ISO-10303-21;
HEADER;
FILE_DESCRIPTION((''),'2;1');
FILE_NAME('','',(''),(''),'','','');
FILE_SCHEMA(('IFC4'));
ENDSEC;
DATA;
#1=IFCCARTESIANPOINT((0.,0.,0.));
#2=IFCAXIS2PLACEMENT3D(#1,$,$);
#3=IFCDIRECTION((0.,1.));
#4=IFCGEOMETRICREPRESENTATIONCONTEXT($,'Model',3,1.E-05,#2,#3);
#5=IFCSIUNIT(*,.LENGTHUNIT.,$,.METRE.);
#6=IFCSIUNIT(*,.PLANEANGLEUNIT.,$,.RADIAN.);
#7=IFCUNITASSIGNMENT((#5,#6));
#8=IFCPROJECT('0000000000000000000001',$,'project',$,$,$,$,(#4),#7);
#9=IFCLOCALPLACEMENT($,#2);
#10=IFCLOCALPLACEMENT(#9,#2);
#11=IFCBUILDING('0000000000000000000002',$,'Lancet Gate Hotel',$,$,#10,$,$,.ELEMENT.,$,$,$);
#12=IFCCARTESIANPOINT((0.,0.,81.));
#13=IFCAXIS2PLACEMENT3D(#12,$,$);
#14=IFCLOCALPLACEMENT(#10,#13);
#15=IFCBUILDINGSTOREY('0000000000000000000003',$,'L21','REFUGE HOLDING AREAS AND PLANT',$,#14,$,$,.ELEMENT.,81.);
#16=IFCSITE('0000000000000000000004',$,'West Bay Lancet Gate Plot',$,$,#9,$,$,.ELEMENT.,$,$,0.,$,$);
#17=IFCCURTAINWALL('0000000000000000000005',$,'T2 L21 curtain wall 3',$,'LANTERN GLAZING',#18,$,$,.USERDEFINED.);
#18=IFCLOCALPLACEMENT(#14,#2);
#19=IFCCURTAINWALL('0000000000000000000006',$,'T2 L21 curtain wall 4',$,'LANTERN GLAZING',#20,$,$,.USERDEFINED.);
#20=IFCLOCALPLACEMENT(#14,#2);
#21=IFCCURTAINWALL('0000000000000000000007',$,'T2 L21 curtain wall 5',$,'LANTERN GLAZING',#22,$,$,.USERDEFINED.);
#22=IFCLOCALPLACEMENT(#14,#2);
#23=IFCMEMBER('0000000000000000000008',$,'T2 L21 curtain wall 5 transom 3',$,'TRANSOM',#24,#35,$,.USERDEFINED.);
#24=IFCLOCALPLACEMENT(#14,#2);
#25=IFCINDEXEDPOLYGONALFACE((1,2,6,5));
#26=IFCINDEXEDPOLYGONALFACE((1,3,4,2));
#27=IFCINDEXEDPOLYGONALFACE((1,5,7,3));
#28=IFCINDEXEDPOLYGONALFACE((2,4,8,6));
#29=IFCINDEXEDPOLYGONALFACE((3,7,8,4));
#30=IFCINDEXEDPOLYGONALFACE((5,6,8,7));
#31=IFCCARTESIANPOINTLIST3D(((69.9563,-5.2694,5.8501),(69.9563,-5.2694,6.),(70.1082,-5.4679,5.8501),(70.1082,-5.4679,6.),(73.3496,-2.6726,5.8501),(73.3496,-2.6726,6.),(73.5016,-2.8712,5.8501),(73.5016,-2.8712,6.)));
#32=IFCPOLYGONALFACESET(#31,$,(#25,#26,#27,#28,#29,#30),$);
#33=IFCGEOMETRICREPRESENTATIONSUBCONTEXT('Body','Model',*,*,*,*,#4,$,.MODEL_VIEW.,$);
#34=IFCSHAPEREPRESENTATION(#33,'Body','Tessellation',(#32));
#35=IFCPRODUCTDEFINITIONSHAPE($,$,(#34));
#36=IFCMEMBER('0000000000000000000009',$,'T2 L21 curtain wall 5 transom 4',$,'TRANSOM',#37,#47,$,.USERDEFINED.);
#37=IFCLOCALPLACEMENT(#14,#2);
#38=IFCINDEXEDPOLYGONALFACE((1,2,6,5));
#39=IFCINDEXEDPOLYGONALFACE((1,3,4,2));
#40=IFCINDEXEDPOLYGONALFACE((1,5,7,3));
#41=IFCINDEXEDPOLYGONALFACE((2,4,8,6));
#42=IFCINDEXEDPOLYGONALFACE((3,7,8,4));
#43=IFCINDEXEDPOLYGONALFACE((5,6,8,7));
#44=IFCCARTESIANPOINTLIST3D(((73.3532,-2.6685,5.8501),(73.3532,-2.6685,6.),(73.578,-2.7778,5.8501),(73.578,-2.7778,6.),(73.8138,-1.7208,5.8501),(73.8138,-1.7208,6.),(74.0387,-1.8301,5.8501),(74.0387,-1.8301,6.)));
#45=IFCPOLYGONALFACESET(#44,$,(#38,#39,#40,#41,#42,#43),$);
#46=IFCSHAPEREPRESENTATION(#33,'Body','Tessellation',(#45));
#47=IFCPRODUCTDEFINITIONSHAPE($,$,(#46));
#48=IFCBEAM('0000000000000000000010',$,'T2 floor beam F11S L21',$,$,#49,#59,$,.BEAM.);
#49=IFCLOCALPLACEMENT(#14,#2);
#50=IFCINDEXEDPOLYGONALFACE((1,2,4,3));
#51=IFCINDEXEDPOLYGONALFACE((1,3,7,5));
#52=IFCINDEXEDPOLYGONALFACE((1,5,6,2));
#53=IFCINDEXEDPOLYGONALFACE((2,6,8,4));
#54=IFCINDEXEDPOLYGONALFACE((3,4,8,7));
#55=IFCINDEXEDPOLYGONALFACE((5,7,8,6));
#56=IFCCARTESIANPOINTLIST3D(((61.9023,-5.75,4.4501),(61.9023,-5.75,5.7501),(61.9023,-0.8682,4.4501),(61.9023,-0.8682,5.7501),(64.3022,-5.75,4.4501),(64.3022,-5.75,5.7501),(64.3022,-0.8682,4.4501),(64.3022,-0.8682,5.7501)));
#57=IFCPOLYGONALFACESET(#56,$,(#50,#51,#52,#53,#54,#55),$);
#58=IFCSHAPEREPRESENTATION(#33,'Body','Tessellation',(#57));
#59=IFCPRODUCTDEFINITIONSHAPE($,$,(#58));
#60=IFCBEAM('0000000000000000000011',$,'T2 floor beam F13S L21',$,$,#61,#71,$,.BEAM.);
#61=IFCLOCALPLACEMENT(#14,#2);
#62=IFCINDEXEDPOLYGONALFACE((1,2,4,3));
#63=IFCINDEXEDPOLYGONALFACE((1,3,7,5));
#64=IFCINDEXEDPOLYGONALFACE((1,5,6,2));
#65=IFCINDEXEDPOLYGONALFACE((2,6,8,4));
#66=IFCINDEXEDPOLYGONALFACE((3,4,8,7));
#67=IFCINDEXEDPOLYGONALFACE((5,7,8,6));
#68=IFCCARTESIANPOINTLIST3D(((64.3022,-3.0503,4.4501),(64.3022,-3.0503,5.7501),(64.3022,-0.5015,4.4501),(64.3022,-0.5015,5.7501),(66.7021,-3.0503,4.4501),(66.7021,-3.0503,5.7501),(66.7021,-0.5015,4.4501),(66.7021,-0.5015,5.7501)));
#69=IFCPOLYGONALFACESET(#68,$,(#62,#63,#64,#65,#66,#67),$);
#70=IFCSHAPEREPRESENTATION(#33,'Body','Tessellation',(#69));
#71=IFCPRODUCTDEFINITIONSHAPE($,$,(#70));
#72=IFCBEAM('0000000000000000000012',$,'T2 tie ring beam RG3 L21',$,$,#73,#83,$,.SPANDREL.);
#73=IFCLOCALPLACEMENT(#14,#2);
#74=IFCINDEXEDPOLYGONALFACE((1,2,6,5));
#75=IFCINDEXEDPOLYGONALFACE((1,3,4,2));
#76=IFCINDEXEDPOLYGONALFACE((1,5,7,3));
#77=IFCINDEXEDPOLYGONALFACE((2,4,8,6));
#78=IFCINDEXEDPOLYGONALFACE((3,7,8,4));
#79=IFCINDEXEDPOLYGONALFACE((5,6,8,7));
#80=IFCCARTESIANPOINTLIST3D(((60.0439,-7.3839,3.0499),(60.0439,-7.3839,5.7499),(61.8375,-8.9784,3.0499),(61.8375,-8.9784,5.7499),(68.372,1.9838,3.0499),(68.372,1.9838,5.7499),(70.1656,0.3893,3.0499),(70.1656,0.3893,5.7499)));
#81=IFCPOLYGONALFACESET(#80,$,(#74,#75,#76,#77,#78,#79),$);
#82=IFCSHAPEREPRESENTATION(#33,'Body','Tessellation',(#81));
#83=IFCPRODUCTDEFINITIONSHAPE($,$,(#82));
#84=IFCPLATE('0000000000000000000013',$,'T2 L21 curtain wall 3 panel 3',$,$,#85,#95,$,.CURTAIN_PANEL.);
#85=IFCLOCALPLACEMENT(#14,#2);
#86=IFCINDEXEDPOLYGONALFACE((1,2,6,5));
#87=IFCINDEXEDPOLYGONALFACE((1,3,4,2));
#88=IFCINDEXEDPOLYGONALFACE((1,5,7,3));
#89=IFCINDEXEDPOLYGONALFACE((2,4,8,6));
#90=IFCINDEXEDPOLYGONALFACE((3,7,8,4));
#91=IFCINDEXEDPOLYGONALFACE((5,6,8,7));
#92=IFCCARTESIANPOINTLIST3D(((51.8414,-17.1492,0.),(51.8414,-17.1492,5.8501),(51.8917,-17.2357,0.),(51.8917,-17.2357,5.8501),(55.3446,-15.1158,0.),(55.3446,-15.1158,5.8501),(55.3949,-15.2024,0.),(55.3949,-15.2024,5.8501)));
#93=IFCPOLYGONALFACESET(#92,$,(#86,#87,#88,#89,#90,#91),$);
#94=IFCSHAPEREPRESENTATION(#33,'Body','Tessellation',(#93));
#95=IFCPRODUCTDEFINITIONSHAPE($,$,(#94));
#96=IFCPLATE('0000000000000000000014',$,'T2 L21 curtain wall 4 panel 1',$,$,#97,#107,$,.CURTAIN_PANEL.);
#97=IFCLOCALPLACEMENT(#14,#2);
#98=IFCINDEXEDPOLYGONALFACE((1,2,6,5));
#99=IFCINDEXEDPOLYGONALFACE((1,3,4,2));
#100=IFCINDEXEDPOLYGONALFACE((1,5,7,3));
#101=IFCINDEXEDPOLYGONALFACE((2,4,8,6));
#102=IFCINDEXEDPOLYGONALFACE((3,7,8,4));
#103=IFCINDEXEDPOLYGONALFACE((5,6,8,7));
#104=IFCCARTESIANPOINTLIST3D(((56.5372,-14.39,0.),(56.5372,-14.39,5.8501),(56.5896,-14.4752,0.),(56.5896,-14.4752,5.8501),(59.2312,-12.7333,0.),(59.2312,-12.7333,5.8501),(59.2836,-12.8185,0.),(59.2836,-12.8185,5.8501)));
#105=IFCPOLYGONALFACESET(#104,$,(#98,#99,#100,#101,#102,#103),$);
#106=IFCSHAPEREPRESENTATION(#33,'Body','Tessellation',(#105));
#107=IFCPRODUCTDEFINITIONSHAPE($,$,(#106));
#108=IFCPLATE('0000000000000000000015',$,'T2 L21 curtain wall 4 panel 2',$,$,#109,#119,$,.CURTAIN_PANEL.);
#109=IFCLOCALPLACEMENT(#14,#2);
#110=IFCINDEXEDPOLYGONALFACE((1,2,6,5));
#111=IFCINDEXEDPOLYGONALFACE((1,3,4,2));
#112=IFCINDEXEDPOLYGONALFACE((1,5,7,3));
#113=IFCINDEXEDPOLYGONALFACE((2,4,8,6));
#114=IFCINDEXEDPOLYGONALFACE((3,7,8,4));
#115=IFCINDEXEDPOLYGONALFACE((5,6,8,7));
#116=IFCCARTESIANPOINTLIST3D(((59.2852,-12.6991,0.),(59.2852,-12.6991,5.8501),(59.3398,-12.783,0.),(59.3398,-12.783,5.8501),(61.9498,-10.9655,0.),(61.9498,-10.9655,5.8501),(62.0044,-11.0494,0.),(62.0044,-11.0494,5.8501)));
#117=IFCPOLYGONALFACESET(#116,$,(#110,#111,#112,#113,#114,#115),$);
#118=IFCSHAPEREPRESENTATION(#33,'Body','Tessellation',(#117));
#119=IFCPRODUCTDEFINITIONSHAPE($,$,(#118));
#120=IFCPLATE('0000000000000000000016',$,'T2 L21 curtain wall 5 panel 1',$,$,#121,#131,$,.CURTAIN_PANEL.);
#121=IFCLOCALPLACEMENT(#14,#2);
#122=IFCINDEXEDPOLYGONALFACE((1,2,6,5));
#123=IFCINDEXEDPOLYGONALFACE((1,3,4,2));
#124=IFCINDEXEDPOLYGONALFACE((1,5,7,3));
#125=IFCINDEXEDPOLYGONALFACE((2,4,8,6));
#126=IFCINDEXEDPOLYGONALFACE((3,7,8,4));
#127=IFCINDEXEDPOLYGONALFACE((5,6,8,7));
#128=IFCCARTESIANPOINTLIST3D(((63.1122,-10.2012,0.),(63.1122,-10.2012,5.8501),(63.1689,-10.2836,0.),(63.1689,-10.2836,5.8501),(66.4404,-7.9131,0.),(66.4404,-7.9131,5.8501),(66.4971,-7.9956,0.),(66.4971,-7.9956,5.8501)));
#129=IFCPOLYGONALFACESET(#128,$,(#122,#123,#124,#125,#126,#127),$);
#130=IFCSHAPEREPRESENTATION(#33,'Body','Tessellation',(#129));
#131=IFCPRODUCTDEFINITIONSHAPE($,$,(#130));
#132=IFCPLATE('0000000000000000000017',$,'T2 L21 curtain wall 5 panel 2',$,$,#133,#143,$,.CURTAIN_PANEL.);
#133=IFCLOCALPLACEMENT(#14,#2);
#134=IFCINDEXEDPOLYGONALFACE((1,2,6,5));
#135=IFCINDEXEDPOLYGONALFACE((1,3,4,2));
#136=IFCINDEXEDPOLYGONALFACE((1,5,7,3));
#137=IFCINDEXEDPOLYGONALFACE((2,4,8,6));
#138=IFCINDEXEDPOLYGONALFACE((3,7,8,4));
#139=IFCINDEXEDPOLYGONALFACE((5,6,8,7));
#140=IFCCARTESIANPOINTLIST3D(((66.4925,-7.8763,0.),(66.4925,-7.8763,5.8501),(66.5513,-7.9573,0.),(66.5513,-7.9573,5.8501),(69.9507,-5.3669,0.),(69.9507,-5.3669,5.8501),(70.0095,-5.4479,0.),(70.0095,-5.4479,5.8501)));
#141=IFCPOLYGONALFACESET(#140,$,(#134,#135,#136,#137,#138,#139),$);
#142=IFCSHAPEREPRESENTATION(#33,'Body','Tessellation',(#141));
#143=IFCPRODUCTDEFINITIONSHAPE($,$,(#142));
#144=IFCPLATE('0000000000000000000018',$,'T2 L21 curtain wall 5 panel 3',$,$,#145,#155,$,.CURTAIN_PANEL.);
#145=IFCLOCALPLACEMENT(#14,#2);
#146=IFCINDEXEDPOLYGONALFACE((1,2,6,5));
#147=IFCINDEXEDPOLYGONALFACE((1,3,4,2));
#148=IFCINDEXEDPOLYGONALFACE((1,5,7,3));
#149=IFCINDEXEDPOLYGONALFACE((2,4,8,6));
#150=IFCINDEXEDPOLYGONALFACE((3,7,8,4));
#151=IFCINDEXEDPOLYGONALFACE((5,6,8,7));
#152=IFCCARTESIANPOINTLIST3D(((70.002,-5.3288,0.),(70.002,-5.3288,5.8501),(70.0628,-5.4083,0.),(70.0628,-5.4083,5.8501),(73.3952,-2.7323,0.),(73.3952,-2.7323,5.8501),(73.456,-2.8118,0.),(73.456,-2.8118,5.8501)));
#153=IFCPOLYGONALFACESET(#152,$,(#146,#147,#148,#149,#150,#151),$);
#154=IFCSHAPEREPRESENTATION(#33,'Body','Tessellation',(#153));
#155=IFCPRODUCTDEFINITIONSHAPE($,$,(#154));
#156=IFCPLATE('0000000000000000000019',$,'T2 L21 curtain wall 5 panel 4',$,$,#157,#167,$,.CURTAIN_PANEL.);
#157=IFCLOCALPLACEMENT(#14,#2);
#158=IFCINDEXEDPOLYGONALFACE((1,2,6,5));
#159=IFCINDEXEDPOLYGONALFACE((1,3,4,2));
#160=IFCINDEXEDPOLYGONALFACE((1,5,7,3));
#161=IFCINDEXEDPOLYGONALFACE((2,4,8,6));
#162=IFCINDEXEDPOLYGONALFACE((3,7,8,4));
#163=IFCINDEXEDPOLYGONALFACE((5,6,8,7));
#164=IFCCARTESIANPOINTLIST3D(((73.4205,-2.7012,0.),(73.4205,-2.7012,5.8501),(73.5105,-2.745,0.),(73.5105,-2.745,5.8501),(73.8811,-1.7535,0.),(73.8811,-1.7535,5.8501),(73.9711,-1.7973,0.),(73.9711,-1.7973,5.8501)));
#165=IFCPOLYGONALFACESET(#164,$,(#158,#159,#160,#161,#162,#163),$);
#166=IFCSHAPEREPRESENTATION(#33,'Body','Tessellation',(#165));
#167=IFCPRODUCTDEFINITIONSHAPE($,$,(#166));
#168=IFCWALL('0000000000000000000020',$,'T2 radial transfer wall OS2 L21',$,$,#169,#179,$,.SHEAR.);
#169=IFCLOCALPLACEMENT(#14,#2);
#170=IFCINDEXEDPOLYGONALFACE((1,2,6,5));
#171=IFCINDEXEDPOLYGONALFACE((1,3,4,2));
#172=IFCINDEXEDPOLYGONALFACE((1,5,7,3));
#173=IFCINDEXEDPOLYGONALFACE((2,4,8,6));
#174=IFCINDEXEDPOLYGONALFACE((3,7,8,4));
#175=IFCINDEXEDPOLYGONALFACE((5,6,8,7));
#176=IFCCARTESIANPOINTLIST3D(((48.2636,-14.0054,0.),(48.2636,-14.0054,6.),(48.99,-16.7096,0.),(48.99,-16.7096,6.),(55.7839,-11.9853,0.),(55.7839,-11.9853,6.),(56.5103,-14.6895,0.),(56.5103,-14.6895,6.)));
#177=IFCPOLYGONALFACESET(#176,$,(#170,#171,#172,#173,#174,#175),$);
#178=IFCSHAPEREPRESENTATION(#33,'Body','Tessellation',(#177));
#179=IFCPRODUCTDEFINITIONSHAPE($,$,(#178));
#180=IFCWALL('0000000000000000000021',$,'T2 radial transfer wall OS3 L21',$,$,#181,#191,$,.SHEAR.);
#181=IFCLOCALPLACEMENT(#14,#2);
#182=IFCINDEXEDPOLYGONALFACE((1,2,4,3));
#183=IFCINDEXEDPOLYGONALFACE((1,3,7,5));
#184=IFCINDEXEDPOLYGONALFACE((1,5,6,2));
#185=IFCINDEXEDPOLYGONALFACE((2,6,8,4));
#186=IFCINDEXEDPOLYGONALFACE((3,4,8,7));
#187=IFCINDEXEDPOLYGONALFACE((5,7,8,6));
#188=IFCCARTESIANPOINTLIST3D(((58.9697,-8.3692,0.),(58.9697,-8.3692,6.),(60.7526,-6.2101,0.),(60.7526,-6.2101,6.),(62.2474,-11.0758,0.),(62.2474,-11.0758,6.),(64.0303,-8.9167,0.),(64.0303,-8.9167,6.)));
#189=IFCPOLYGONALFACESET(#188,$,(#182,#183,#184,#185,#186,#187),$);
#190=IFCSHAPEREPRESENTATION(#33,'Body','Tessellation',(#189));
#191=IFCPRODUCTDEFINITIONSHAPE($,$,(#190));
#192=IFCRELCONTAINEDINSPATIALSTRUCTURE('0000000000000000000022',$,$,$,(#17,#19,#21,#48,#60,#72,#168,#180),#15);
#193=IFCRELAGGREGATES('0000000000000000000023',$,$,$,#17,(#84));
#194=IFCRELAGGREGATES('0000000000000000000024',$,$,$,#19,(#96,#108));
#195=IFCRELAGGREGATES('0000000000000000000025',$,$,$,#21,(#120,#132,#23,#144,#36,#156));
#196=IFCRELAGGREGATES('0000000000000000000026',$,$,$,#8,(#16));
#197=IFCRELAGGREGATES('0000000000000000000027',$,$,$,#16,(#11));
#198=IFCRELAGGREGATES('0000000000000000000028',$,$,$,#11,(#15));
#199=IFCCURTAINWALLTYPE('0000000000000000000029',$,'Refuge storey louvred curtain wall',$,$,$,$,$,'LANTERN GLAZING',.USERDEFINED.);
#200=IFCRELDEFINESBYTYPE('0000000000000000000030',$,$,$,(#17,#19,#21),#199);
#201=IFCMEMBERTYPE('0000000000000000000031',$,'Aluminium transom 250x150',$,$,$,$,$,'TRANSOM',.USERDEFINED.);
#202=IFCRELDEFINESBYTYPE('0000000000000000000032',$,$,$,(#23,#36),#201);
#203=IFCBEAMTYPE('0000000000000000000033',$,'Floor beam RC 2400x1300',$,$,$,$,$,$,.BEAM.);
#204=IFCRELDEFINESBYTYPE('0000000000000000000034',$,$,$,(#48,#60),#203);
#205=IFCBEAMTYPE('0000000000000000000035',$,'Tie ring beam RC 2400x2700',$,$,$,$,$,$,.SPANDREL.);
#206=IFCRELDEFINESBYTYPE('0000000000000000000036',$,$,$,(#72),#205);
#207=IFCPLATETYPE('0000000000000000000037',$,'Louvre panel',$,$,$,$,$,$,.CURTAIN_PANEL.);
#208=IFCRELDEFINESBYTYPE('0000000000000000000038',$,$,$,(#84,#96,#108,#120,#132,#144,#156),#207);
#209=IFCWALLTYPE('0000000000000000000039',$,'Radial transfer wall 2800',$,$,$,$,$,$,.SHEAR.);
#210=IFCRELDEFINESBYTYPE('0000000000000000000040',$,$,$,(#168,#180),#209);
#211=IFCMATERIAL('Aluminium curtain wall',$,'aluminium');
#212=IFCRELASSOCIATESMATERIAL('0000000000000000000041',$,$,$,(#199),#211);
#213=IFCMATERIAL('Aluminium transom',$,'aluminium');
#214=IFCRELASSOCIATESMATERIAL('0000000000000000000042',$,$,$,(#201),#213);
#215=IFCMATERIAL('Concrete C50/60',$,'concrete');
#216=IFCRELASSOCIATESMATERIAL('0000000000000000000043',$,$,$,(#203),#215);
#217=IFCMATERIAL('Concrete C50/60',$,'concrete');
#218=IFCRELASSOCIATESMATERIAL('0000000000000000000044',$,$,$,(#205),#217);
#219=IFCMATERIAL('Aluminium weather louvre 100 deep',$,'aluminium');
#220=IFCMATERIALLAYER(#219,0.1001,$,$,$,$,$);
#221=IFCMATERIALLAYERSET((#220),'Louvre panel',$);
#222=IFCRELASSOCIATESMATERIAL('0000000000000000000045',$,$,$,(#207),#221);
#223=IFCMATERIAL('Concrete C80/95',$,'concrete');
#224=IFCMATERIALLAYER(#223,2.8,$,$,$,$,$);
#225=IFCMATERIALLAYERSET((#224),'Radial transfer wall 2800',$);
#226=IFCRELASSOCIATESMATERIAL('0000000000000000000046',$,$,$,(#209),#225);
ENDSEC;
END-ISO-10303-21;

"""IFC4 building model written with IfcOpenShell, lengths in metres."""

from ifc_helpers import new_model, si_unit, direction, frame, frame_2d, origin, origin_2d, place, context, subcontext, project, spatial, rectangle, extrude, material, layer, layer_set, material_profile, profile_set, type_object, element, aggregate, save


model = new_model("IFC4")

# Units and contexts
model_context = context("Model", 3, precision=1e-05, world=origin(), true_north=direction((0.0, 1.0)))
body_context = subcontext(model_context, "Body", "Model", "MODEL_VIEW")
ifc_project = project(units=[si_unit("LENGTHUNIT", "METRE"), si_unit("PLANEANGLEUNIT", "RADIAN")], contexts=[model_context])

# Site, building, storey
site_placement = place(None, origin())
site = spatial("IfcSite", under=ifc_project, at=site_placement, Name="West Bay Lancet Gate Plot", CompositionType="ELEMENT", RefElevation=0.0)
building_placement = place(site_placement, origin())
building = spatial("IfcBuilding", under=site, at=building_placement, Name="Lancet Gate Hotel", CompositionType="ELEMENT")
storey_placement = place(building_placement, frame((0.0, 0.0, 81.0)))
storey = spatial("IfcBuildingStorey", under=building, at=storey_placement, Name="L21", Description="REFUGE HOLDING AREAS AND PLANT", CompositionType="ELEMENT", Elevation=81.0)

# Curtain walls
ifc_material_1 = material(Name="Aluminium curtain wall", Category="aluminium")
curtain_wall_type = type_object("IfcCurtainWallType", Name="Refuge storey louvred curtain wall", ElementType="LANTERN GLAZING", PredefinedType="USERDEFINED", material=ifc_material_1)
curtain_wall_1_placement = place(storey_placement, origin())
curtain_wall_1 = element("IfcCurtainWall", 1, at=curtain_wall_1_placement, inside=storey, type_object=curtain_wall_type, Name="T2 L21 curtain wall 3", ObjectType="LANTERN GLAZING", PredefinedType="USERDEFINED")
curtain_wall_2_placement = place(storey_placement, origin())
curtain_wall_2 = element("IfcCurtainWall", 2, at=curtain_wall_2_placement, inside=storey, type_object=curtain_wall_type, Name="T2 L21 curtain wall 4", ObjectType="LANTERN GLAZING", PredefinedType="USERDEFINED")
curtain_wall_3_placement = place(storey_placement, origin())
curtain_wall_3 = element("IfcCurtainWall", 3, at=curtain_wall_3_placement, inside=storey, type_object=curtain_wall_type, Name="T2 L21 curtain wall 5", ObjectType="LANTERN GLAZING", PredefinedType="USERDEFINED")

# Members
ifc_material_2 = material(Name="Aluminium transom", Category="aluminium")
ifc_material_profile_1 = material_profile(ifc_material_2, rectangle(XDim=0.25, YDim=0.1499, at=origin_2d()), Name="TRANSOM 250x150")
ifc_profile_set_1 = profile_set([ifc_material_profile_1], Name="Aluminium transom")
member_type_1 = type_object("IfcMemberType", Name="Aluminium transom 250x150", ElementType="TRANSOM", PredefinedType="USERDEFINED", material=ifc_profile_set_1)
member_1_placement = place(storey_placement, frame((70.0322, -5.3687, 5.925), z_axis=(0.794155, 0.607715, 0.0), x_axis=(-0.607715, 0.794155, 0.0)))
member_1 = element("IfcMember", 4, at=member_1_placement, type_object=member_type_1, Name="T2 L21 curtain wall 5 transom 3", ObjectType="TRANSOM", PredefinedType="USERDEFINED", context=body_context, shape_type="SweptSolid", body=[
    extrude(rectangle(XDim=0.25, YDim=0.1499, at=origin_2d()), origin(), (0.0, 0.0, 1.0), 4.2729),
])
member_2_placement = place(storey_placement, frame((73.4656, -2.7231, 5.925), z_axis=(0.437177, 0.899375, 0.0), x_axis=(-0.899375, 0.437177, 0.0)))
member_2 = element("IfcMember", 5, at=member_2_placement, type_object=member_type_1, Name="T2 L21 curtain wall 5 transom 4", ObjectType="TRANSOM", PredefinedType="USERDEFINED", context=body_context, shape_type="SweptSolid", body=[
    extrude(rectangle(XDim=0.25, YDim=0.1499, at=origin_2d()), origin(), (0.0, 0.0, 1.0), 1.0537),
])

# Beams
ifc_material_3 = material(Name="Concrete C50/60", Category="concrete")
ifc_material_profile_2 = material_profile(ifc_material_3, rectangle(XDim=2.3999, YDim=1.3, at=origin_2d()), Name="RC 2400x1300")
ifc_profile_set_2 = profile_set([ifc_material_profile_2], Name="Concrete C50/60")
beam_type_1 = type_object("IfcBeamType", Name="Floor beam RC 2400x1300", PredefinedType="BEAM", material=ifc_profile_set_2)
beam_1_placement = place(storey_placement, frame((63.1023, -5.75, 5.1001), z_axis=(0.0, 1.0, 0.0), x_axis=(-1.0, 0.0, 0.0)))
element("IfcBeam", 6, at=beam_1_placement, inside=storey, type_object=beam_type_1, Name="T2 floor beam F11S L21", PredefinedType="BEAM", context=body_context, shape_type="SweptSolid", body=[
    extrude(rectangle(XDim=2.3999, YDim=1.3, at=origin_2d()), origin(), (0.0, 0.0, 1.0), 4.8818),
])
beam_2_placement = place(storey_placement, frame((65.5022, -3.0503, 5.1001), z_axis=(0.0, 1.0, 0.0), x_axis=(-1.0, 0.0, 0.0)))
element("IfcBeam", 7, at=beam_2_placement, inside=storey, type_object=beam_type_1, Name="T2 floor beam F13S L21", PredefinedType="BEAM", context=body_context, shape_type="SweptSolid", body=[
    extrude(rectangle(XDim=2.3999, YDim=1.3, at=origin_2d()), origin(), (0.0, 0.0, 1.0), 2.5488),
])
ifc_material_4 = material(Name="Concrete C50/60", Category="concrete")
ifc_material_profile_3 = material_profile(ifc_material_4, rectangle(XDim=2.3999, YDim=2.7, at=origin_2d()), Name="RC 2400x2700")
ifc_profile_set_3 = profile_set([ifc_material_profile_3], Name="Concrete C50/60")
beam_type_2 = type_object("IfcBeamType", Name="Tie ring beam RC 2400x2700", PredefinedType="SPANDREL", material=ifc_profile_set_3)
beam_3_placement = place(storey_placement, frame((60.9407, -8.1812, 4.3999), z_axis=(0.664422, 0.747358, 0.0), x_axis=(-0.747358, 0.664422, 0.0)))
element("IfcBeam", 8, at=beam_3_placement, inside=storey, type_object=beam_type_2, Name="T2 tie ring beam RG3 L21", PredefinedType="SPANDREL", context=body_context, shape_type="SweptSolid", body=[
    extrude(rectangle(XDim=2.3999, YDim=2.7, at=origin_2d()), origin(), (0.0, 0.0, 1.0), 12.5344),
])

# Plates
ifc_material_5 = material(Name="Aluminium weather louvre 100 deep", Category="aluminium")
ifc_layer_1 = layer(ifc_material_5, 0.1001)
ifc_layer_set_1 = layer_set([ifc_layer_1], Name="Louvre panel")
plate_type = type_object("IfcPlateType", Name="Louvre panel", PredefinedType="CURTAIN_PANEL", material=ifc_layer_set_1)
plate_1_placement = place(storey_placement, frame((53.6182, -16.1758, 0.0), z_axis=(0.0, 0.0, 1.0), x_axis=(0.864872, 0.501993, 0.0)))
plate_1 = element("IfcPlate", 9, at=plate_1_placement, type_object=plate_type, Name="T2 L21 curtain wall 3 panel 3", PredefinedType="CURTAIN_PANEL", context=body_context, shape_type="SweptSolid", body=[
    extrude(rectangle(XDim=4.0505, YDim=0.1001, at=origin_2d()), origin(), (0.0, 0.0, 1.0), 5.8501),
])
aggregate(curtain_wall_1, [plate_1])
plate_2_placement = place(storey_placement, frame((57.9104, -13.6042, 0.0), z_axis=(0.0, 0.0, 1.0), x_axis=(0.851815, 0.523842, 0.0)))
plate_2 = element("IfcPlate", 10, at=plate_2_placement, type_object=plate_type, Name="T2 L21 curtain wall 4 panel 1", PredefinedType="CURTAIN_PANEL", context=body_context, shape_type="SweptSolid", body=[
    extrude(rectangle(XDim=3.1626, YDim=0.1001, at=origin_2d()), origin(), (0.0, 0.0, 1.0), 5.8501),
])
plate_3_placement = place(storey_placement, frame((60.6448, -11.8743, 0.0), z_axis=(0.0, 0.0, 1.0), x_axis=(0.838207, 0.545353, 0.0)))
plate_3 = element("IfcPlate", 11, at=plate_3_placement, type_object=plate_type, Name="T2 L21 curtain wall 4 panel 2", PredefinedType="CURTAIN_PANEL", context=body_context, shape_type="SweptSolid", body=[
    extrude(rectangle(XDim=3.179, YDim=0.1001, at=origin_2d()), origin(), (0.0, 0.0, 1.0), 5.8501),
])
aggregate(curtain_wall_2, [plate_2, plate_3])
plate_4_placement = place(storey_placement, frame((64.8047, -9.0984, 0.0), z_axis=(0.0, 0.0, 1.0), x_axis=(0.824055, 0.566509, 0.0)))
plate_4 = element("IfcPlate", 12, at=plate_4_placement, type_object=plate_type, Name="T2 L21 curtain wall 5 panel 1", PredefinedType="CURTAIN_PANEL", context=body_context, shape_type="SweptSolid", body=[
    extrude(rectangle(XDim=4.0388, YDim=0.1001, at=origin_2d()), origin(), (0.0, 0.0, 1.0), 5.8501),
])
plate_5_placement = place(storey_placement, frame((68.251, -6.6621, 0.0), z_axis=(0.0, 0.0, 1.0), x_axis=(0.80937, 0.587299, 0.0)))
plate_5 = element("IfcPlate", 13, at=plate_5_placement, type_object=plate_type, Name="T2 L21 curtain wall 5 panel 2", PredefinedType="CURTAIN_PANEL", context=body_context, shape_type="SweptSolid", body=[
    extrude(rectangle(XDim=4.2727, YDim=0.1001, at=origin_2d()), origin(), (0.0, 0.0, 1.0), 5.8501),
])
plate_6_placement = place(storey_placement, frame((71.729, -4.0703, 0.0), z_axis=(0.0, 0.0, 1.0), x_axis=(0.79416, 0.607709, 0.0)))
plate_6 = element("IfcPlate", 14, at=plate_6_placement, type_object=plate_type, Name="T2 L21 curtain wall 5 panel 3", PredefinedType="CURTAIN_PANEL", context=body_context, shape_type="SweptSolid", body=[
    extrude(rectangle(XDim=4.2727, YDim=0.1001, at=origin_2d()), origin(), (0.0, 0.0, 1.0), 5.8501),
])
plate_7_placement = place(storey_placement, frame((73.6958, -2.2493, 0.0), z_axis=(0.0, 0.0, 1.0), x_axis=(0.437169, 0.899379, 0.0)))
plate_7 = element("IfcPlate", 15, at=plate_7_placement, type_object=plate_type, Name="T2 L21 curtain wall 5 panel 4", PredefinedType="CURTAIN_PANEL", context=body_context, shape_type="SweptSolid", body=[
    extrude(rectangle(XDim=1.0537, YDim=0.1001, at=origin_2d()), origin(), (0.0, 0.0, 1.0), 5.8501),
])
aggregate(curtain_wall_3, [plate_4, plate_5, member_1, plate_6, member_2, plate_7])

# Walls
ifc_material_6 = material(Name="Concrete C80/95", Category="concrete")
ifc_layer_2 = layer(ifc_material_6, 2.8)
ifc_layer_set_2 = layer_set([ifc_layer_2], Name="Radial transfer wall 2800")
wall_type = type_object("IfcWallType", Name="Radial transfer wall 2800", PredefinedType="SHEAR", material=ifc_layer_set_2)
wall_1_placement = place(storey_placement, frame((56.1472, -13.3374, 0.0), z_axis=(0.0, 0.0, 1.0), x_axis=(-0.965766, -0.259415, 0.0)))
element("IfcWall", 16, at=wall_1_placement, inside=storey, type_object=wall_type, Name="T2 radial transfer wall OS2 L21", PredefinedType="SHEAR", context=body_context, shape_type="SweptSolid", body=[
    extrude(rectangle(XDim=7.7869, YDim=2.8, at=frame_2d((3.8936, 0.0))), origin(), (0.0, 0.0, 1.0), 6.0),
])
wall_2_placement = place(storey_placement, frame((63.1389, -9.9963, 0.0), z_axis=(0.0, 0.0, 1.0), x_axis=(-0.771081, 0.636737, 0.0)))
element("IfcWall", 17, at=wall_2_placement, inside=storey, type_object=wall_type, Name="T2 radial transfer wall OS3 L21", PredefinedType="SHEAR", context=body_context, shape_type="SweptSolid", body=[
    extrude(rectangle(XDim=4.2507, YDim=2.8, at=frame_2d((2.1255, 0.0))), origin(), (0.0, 0.0, 1.0), 6.0),
])

save(model, "model.ifc")
